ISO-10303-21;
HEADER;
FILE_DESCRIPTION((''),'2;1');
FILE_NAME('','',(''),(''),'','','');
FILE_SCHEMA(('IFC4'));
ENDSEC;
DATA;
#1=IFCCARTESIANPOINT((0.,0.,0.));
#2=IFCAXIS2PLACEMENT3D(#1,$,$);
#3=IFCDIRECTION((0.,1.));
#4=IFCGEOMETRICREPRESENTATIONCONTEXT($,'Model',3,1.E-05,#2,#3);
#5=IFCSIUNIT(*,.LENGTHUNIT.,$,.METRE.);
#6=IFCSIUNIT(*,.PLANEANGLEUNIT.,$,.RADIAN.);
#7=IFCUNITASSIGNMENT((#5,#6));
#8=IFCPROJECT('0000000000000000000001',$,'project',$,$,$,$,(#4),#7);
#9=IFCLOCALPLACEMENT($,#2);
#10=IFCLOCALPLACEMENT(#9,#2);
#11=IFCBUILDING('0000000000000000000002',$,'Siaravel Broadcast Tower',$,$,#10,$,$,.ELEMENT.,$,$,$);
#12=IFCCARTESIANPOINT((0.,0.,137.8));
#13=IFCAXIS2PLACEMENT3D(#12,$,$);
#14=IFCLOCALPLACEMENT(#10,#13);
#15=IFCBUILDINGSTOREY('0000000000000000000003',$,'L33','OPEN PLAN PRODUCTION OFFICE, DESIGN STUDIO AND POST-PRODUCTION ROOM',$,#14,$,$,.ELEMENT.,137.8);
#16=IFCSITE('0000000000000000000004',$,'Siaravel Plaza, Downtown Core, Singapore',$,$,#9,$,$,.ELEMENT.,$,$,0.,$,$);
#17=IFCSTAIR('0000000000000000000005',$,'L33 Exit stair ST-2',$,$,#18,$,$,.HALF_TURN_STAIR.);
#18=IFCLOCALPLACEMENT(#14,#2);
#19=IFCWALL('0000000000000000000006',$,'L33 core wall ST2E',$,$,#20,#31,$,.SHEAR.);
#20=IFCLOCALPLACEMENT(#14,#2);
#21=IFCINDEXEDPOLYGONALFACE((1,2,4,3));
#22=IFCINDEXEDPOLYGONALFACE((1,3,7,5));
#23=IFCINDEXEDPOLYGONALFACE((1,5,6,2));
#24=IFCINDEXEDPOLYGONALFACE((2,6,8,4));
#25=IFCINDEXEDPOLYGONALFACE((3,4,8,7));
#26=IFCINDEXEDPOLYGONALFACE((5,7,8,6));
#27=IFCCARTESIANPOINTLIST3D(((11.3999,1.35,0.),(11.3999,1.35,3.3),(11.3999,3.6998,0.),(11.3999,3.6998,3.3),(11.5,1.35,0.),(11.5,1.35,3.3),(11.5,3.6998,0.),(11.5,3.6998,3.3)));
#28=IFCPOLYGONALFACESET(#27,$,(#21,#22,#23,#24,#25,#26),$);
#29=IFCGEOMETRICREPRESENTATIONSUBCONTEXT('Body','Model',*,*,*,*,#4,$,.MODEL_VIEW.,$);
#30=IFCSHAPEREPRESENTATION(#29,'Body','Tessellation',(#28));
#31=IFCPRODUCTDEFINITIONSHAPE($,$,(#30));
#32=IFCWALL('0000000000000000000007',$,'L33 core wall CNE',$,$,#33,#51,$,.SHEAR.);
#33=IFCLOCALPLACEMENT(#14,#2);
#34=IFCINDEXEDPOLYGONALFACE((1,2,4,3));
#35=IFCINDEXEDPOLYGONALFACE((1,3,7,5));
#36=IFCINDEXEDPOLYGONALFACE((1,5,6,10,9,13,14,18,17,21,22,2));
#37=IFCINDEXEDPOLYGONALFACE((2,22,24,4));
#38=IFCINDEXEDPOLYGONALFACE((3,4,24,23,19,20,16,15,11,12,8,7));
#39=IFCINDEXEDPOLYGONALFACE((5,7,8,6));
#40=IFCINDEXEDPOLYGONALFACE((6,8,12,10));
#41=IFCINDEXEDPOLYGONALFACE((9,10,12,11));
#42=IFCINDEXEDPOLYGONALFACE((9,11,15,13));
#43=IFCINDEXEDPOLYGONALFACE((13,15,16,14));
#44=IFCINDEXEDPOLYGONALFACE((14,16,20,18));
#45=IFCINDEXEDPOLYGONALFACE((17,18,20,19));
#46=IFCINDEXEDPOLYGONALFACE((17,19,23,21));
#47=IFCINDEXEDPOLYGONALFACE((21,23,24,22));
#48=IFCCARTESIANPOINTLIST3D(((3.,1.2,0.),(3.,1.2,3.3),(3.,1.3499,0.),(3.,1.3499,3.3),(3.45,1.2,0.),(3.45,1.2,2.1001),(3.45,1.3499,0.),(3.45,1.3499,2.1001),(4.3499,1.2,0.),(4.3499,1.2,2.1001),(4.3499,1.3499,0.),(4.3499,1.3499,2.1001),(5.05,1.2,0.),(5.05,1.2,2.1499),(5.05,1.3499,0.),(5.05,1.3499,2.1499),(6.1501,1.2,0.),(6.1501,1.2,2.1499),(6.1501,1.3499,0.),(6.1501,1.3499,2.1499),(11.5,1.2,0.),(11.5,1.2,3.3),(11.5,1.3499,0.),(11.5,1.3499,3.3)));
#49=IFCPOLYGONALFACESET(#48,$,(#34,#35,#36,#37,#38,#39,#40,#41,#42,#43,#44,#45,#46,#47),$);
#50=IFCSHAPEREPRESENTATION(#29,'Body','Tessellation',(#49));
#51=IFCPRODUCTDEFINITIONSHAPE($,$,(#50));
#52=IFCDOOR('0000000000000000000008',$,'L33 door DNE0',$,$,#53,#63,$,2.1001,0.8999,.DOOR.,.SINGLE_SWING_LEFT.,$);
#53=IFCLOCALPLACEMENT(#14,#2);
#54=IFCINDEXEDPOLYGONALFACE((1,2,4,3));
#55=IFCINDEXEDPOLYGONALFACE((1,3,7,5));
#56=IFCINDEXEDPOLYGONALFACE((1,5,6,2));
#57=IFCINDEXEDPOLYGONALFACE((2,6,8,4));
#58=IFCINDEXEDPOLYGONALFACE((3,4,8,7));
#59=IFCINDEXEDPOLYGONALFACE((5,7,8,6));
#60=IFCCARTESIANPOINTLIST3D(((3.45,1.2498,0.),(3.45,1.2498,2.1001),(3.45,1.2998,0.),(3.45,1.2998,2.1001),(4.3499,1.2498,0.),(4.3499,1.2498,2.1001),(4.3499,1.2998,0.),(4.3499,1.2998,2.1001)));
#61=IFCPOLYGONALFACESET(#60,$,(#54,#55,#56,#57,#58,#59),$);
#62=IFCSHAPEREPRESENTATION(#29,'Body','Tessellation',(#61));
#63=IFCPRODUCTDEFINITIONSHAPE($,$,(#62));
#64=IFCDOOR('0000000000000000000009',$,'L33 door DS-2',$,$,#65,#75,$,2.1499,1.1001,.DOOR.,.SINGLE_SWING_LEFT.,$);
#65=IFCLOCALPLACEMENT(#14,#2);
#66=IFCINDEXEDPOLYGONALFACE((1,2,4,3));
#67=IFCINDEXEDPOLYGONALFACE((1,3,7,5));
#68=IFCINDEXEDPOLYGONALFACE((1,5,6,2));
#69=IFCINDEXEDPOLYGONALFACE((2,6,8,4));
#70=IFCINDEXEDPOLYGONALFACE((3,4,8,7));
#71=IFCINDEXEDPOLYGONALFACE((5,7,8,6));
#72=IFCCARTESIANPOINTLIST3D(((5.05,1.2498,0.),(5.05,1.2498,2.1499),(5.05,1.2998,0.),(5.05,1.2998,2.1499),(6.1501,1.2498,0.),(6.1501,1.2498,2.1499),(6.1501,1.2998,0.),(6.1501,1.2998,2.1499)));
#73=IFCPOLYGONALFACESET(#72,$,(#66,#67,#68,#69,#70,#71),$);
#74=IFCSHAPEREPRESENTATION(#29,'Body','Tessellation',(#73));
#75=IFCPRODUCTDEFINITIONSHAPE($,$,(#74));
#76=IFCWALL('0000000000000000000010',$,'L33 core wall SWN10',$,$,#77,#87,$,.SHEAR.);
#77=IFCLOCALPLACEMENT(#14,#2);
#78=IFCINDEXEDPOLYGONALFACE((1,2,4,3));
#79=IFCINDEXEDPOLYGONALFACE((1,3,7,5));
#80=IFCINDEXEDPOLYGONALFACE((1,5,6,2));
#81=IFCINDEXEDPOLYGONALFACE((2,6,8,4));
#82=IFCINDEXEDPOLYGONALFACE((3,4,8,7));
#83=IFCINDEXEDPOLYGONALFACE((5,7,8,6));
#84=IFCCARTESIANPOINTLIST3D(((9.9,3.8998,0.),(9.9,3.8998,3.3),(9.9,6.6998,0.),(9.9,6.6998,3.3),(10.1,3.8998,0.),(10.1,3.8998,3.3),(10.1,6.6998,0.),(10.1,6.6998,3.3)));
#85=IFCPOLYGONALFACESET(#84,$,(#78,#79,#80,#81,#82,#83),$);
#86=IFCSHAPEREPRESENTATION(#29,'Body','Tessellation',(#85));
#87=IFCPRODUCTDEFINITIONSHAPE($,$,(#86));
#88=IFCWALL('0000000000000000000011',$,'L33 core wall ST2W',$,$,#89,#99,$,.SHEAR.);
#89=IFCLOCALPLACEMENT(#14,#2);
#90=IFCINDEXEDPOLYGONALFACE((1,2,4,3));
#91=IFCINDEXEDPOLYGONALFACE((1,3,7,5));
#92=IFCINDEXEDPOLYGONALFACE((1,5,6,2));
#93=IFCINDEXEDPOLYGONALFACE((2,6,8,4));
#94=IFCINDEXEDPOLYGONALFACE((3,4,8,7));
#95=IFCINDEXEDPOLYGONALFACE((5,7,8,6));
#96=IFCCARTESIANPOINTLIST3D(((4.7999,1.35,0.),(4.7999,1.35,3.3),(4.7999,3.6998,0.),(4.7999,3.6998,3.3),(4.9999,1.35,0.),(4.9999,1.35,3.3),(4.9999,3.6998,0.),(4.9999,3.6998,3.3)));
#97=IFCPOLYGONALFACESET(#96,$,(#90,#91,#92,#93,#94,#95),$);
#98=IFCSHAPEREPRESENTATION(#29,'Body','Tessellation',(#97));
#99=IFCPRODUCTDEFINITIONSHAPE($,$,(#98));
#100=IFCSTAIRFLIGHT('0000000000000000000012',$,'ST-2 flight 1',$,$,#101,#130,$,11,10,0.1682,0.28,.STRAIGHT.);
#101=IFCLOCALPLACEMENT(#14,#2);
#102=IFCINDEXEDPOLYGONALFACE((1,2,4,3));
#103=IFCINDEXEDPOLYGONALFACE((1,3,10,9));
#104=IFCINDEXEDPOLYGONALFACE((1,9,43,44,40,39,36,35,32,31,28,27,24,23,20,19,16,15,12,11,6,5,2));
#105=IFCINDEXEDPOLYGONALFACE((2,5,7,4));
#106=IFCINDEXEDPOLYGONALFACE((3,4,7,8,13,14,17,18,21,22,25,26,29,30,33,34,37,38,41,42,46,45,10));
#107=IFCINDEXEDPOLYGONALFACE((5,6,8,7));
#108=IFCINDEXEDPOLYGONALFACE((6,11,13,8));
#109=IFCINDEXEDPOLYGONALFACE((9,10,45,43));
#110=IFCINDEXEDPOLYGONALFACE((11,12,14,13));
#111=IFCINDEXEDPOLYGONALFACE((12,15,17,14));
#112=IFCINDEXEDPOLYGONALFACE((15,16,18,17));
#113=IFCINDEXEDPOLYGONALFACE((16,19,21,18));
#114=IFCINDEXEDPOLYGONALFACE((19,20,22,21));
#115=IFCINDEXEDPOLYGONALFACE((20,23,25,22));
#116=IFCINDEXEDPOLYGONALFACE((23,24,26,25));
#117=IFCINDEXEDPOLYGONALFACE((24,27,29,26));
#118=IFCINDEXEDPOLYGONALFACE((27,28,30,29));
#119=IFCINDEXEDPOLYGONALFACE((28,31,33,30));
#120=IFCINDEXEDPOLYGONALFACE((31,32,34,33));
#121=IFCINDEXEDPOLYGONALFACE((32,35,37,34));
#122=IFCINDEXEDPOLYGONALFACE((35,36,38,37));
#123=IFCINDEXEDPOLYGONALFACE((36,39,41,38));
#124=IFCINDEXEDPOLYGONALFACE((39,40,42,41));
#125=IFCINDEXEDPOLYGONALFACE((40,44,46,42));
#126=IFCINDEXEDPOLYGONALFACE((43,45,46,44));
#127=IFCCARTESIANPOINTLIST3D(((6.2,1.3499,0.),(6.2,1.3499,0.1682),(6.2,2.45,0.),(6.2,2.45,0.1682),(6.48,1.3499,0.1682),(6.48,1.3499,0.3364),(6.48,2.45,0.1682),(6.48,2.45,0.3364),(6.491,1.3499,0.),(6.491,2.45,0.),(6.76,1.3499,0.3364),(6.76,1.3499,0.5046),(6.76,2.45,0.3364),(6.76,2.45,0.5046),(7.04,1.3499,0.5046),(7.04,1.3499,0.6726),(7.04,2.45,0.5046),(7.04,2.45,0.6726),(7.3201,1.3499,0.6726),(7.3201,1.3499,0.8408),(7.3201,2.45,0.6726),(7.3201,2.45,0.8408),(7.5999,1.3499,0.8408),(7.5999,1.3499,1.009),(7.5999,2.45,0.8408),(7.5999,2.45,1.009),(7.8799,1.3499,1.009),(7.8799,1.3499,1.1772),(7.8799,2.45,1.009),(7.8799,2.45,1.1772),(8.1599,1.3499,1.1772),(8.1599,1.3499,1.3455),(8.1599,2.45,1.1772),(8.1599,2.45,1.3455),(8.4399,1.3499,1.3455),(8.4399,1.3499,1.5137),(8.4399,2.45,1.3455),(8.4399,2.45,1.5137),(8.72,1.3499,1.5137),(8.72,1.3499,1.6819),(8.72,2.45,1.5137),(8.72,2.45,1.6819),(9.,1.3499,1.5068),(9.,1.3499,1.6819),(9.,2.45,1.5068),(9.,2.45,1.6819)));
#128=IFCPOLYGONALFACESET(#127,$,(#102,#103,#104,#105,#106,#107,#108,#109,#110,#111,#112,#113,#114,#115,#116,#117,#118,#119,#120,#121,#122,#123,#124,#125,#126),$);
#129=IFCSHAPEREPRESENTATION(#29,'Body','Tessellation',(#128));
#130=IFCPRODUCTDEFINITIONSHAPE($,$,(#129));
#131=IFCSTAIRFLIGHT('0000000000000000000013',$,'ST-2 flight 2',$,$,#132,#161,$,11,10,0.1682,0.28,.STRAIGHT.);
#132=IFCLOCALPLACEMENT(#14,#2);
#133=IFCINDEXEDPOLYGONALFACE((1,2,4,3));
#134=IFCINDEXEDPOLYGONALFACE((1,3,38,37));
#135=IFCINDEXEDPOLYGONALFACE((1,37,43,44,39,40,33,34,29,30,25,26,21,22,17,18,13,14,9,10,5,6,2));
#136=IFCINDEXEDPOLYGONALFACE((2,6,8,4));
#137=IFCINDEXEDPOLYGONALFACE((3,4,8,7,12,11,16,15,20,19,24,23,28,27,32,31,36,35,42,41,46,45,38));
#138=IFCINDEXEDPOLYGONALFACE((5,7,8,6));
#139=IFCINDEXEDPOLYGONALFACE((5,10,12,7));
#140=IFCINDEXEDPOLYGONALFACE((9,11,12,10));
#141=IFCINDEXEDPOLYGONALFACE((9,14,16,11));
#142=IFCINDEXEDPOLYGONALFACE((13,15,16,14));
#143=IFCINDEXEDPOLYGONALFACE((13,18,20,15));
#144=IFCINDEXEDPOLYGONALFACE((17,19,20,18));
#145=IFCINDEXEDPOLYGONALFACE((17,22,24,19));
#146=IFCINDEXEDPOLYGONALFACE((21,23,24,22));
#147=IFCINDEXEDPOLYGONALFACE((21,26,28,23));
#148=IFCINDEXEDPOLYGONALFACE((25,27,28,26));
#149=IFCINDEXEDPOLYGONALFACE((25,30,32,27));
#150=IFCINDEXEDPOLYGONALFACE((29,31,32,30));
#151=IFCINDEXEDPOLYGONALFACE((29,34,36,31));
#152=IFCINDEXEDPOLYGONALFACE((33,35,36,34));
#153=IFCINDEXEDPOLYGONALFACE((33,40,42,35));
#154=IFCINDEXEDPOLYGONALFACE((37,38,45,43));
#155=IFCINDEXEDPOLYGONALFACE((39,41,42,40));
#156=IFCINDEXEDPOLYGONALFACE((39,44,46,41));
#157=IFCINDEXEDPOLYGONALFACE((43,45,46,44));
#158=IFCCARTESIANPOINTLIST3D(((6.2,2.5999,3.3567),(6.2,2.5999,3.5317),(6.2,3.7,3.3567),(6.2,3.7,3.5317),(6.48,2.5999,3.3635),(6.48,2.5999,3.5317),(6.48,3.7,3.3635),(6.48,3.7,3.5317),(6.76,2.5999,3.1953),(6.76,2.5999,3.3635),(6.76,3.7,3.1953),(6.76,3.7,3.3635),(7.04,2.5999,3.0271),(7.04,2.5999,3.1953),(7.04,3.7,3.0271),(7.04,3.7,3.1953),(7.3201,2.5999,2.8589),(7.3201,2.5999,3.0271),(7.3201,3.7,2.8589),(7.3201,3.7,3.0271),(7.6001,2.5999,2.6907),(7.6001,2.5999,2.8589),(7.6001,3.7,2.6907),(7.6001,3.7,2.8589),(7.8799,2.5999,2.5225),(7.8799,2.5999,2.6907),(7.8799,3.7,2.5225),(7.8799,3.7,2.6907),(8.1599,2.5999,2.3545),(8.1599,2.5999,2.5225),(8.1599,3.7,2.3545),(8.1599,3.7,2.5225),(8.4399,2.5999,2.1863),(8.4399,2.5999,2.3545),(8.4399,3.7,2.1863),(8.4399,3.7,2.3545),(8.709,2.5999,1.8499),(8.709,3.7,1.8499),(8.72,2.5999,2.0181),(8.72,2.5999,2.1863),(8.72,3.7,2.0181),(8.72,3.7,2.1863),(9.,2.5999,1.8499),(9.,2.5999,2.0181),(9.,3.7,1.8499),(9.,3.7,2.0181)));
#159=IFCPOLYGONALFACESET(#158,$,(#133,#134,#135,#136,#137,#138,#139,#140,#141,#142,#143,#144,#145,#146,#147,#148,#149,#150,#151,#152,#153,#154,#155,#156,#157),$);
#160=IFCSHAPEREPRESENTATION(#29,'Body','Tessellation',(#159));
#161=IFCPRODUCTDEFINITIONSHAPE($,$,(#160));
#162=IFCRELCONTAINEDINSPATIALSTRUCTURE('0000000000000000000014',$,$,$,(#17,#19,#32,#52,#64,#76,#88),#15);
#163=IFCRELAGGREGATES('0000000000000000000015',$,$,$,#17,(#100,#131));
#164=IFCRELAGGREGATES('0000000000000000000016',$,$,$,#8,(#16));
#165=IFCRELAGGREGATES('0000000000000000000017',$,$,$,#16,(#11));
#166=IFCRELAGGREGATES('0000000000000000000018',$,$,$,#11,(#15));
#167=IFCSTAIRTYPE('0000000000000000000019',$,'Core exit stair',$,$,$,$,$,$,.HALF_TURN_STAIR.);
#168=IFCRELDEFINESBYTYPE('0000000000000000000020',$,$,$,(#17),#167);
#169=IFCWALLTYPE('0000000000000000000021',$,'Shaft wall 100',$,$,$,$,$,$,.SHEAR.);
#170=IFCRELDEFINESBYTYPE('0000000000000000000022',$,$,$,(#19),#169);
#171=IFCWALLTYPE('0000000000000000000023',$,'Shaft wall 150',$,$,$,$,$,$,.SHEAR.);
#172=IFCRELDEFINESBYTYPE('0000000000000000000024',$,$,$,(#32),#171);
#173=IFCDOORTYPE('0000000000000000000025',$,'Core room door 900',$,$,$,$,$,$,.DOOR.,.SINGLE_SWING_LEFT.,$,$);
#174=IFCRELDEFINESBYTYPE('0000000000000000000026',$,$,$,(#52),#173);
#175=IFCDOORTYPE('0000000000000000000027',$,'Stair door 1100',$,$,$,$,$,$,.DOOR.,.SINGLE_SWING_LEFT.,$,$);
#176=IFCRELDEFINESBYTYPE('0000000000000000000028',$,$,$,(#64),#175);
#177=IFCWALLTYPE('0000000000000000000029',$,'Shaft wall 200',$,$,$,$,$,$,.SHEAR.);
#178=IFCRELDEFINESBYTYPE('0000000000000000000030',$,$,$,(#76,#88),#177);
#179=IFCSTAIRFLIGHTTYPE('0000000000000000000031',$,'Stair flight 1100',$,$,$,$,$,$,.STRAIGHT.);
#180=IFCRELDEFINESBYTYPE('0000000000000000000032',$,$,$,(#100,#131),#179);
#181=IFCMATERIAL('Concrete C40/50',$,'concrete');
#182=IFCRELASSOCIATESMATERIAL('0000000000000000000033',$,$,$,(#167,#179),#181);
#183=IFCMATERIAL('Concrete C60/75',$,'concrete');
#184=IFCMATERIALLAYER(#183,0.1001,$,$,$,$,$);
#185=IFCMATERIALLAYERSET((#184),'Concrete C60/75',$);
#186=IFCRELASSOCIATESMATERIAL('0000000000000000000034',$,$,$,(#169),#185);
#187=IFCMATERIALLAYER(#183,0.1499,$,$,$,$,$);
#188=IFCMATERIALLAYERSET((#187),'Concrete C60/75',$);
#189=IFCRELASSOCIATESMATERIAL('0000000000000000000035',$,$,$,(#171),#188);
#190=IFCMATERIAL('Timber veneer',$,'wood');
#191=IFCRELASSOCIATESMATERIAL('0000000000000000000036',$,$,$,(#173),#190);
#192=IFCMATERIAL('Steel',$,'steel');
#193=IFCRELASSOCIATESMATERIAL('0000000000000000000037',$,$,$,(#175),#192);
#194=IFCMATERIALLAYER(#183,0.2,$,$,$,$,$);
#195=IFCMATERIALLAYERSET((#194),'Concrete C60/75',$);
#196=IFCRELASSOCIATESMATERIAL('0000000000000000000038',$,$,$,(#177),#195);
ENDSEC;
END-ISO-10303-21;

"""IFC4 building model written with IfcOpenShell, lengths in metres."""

from ifc_helpers import new_model, si_unit, direction, frame, frame_2d, origin, place, context, subcontext, project, spatial, polyline, rectangle, outline, extrude, material, layer, layer_set, type_object, element, fill, aggregate, save


model = new_model("IFC4")

# Units and contexts
model_context = context("Model", 3, precision=1e-05, world=origin(), true_north=direction((0.0, 1.0)))
body_context = subcontext(model_context, "Body", "Model", "MODEL_VIEW")
ifc_project = project(units=[si_unit("LENGTHUNIT", "METRE"), si_unit("PLANEANGLEUNIT", "RADIAN")], contexts=[model_context])

# Site, building, storey
site_placement = place(None, origin())
site = spatial("IfcSite", under=ifc_project, at=site_placement, Name="Siaravel Plaza, Downtown Core, Singapore", CompositionType="ELEMENT", RefElevation=0.0)
building_placement = place(site_placement, origin())
building = spatial("IfcBuilding", under=site, at=building_placement, Name="Siaravel Broadcast Tower", CompositionType="ELEMENT")
storey_placement = place(building_placement, frame((0.0, 0.0, 137.8)))
storey = spatial("IfcBuildingStorey", under=building, at=storey_placement, Name="L33", Description="OPEN PLAN PRODUCTION OFFICE, DESIGN STUDIO AND POST-PRODUCTION ROOM", CompositionType="ELEMENT", Elevation=137.8)

# Shared definitions
ifc_material_1 = material(Name="Concrete C60/75", Category="concrete")

# Shared definitions
ifc_material_2 = material(Name="Concrete C40/50", Category="concrete")

# Stair
stair_type = type_object("IfcStairType", Name="Core exit stair", PredefinedType="HALF_TURN_STAIR", material=ifc_material_2)
stair_1_placement = place(storey_placement, origin())
stair_1 = element("IfcStair", 1, at=stair_1_placement, inside=storey, type_object=stair_type, Name="L33 Exit stair ST-2", PredefinedType="HALF_TURN_STAIR")

# Wall
ifc_layer_1 = layer(ifc_material_1, 0.1001)
ifc_layer_set_1 = layer_set([ifc_layer_1], Name="Concrete C60/75")
wall_type_1 = type_object("IfcWallType", Name="Shaft wall 100", PredefinedType="SHEAR", material=ifc_layer_set_1)
wall_1_placement = place(storey_placement, frame((11.45, 1.3501, 0.0), z_axis=(0.0, 0.0, 1.0), x_axis=(0.0, 1.0, 0.0)))
element("IfcWall", 2, at=wall_1_placement, inside=storey, type_object=wall_type_1, Name="L33 core wall ST2E", PredefinedType="SHEAR", context=body_context, shape_type="SweptSolid", body=[
    extrude(rectangle(XDim=2.3499, YDim=0.1001, at=frame_2d((1.1748, 0.0))), origin(), (0.0, 0.0, 1.0), 3.3),
])

# Wall, openings, doors
ifc_layer_2 = layer(ifc_material_1, 0.1499)
ifc_layer_set_2 = layer_set([ifc_layer_2], Name="Concrete C60/75")
wall_type_2 = type_object("IfcWallType", Name="Shaft wall 150", PredefinedType="SHEAR", material=ifc_layer_set_2)
wall_2_placement = place(storey_placement, frame((3.0, 1.2749, 0.0), z_axis=(0.0, 0.0, 1.0), x_axis=(1.0, 0.0, 0.0)))
wall_2 = element("IfcWall", 3, at=wall_2_placement, inside=storey, type_object=wall_type_2, Name="L33 core wall CNE", PredefinedType="SHEAR", context=body_context, shape_type="SweptSolid", body=[
    extrude(rectangle(XDim=8.5, YDim=0.1499, at=frame_2d((4.25, 0.0))), origin(), (0.0, 0.0, 1.0), 3.3),
])
opening_1_placement = place(wall_2_placement, frame((2.05, 0.0, 0.0)))
opening_1 = element("IfcOpeningElement", 4, at=opening_1_placement, cuts=wall_2, PredefinedType="OPENING", context=body_context, shape_type="SweptSolid", body=[
    extrude(rectangle(XDim=1.1001, YDim=2.1499, at=frame_2d((0.55, 1.075))), frame((0.0, 0.085, 0.0), z_axis=(0.0, -1.0, 0.0), x_axis=(1.0, 0.0, 0.0)), (0.0, 0.0, 1.0), 0.1699),
])
opening_2_placement = place(wall_2_placement, frame((0.45, 0.0, 0.0)))
opening_2 = element("IfcOpeningElement", 5, at=opening_2_placement, cuts=wall_2, PredefinedType="OPENING", context=body_context, shape_type="SweptSolid", body=[
    extrude(rectangle(XDim=0.8999, YDim=2.1001, at=frame_2d((0.45, 1.05))), frame((0.0, 0.085, 0.0), z_axis=(0.0, -1.0, 0.0), x_axis=(1.0, 0.0, 0.0)), (0.0, 0.0, 1.0), 0.1699),
])
ifc_material_3 = material(Name="Timber veneer", Category="wood")
door_type_1 = type_object("IfcDoorType", Name="Core room door 900", OperationType="SINGLE_SWING_LEFT", PredefinedType="DOOR", material=ifc_material_3)
door_1_placement = place(opening_2_placement, origin())
door_1 = element("IfcDoor", 6, at=door_1_placement, inside=storey, type_object=door_type_1, Name="L33 door DNE0", OperationType="SINGLE_SWING_LEFT", OverallHeight=2.1001, OverallWidth=0.8999, PredefinedType="DOOR", context=body_context, shape_type="SweptSolid", body=[
    extrude(rectangle(XDim=0.8999, YDim=2.1001, at=frame_2d((0.45, 1.05))), frame((0.0, 0.0249, 0.0), z_axis=(0.0, -1.0, 0.0), x_axis=(1.0, 0.0, 0.0)), (0.0, 0.0, 1.0), 0.05),
])
fill(opening_2, door_1)
ifc_material_4 = material(Name="Steel", Category="steel")
door_type_2 = type_object("IfcDoorType", Name="Stair door 1100", OperationType="SINGLE_SWING_LEFT", PredefinedType="DOOR", material=ifc_material_4)
door_2_placement = place(opening_1_placement, origin())
door_2 = element("IfcDoor", 7, at=door_2_placement, inside=storey, type_object=door_type_2, Name="L33 door DS-2", OperationType="SINGLE_SWING_LEFT", OverallHeight=2.1499, OverallWidth=1.1001, PredefinedType="DOOR", context=body_context, shape_type="SweptSolid", body=[
    extrude(rectangle(XDim=1.1001, YDim=2.1499, at=frame_2d((0.55, 1.075))), frame((0.0, 0.0249, 0.0), z_axis=(0.0, -1.0, 0.0), x_axis=(1.0, 0.0, 0.0)), (0.0, 0.0, 1.0), 0.05),
])
fill(opening_1, door_2)

# Walls
ifc_layer_3 = layer(ifc_material_1, 0.2)
ifc_layer_set_3 = layer_set([ifc_layer_3], Name="Concrete C60/75")
wall_type_3 = type_object("IfcWallType", Name="Shaft wall 200", PredefinedType="SHEAR", material=ifc_layer_set_3)
wall_3_placement = place(storey_placement, frame((10.0, 3.8999, 0.0), z_axis=(0.0, 0.0, 1.0), x_axis=(0.0, 1.0, 0.0)))
element("IfcWall", 8, at=wall_3_placement, inside=storey, type_object=wall_type_3, Name="L33 core wall SWN10", PredefinedType="SHEAR", context=body_context, shape_type="SweptSolid", body=[
    extrude(rectangle(XDim=2.8, YDim=0.2, at=frame_2d((1.3999, 0.0))), origin(), (0.0, 0.0, 1.0), 3.3),
])
wall_4_placement = place(storey_placement, frame((4.8999, 1.3501, 0.0), z_axis=(0.0, 0.0, 1.0), x_axis=(0.0, 1.0, 0.0)))
element("IfcWall", 9, at=wall_4_placement, inside=storey, type_object=wall_type_3, Name="L33 core wall ST2W", PredefinedType="SHEAR", context=body_context, shape_type="SweptSolid", body=[
    extrude(rectangle(XDim=2.3499, YDim=0.2, at=frame_2d((1.1748, 0.0))), origin(), (0.0, 0.0, 1.0), 3.3),
])

# Stair flights
stair_flight_type = type_object("IfcStairFlightType", Name="Stair flight 1100", PredefinedType="STRAIGHT", material=ifc_material_2)
stair_flight_1_placement = place(storey_placement, frame((6.2, 1.8999, 0.0), z_axis=(0.0, 0.0, 1.0), x_axis=(1.0, 0.0, 0.0)))
stair_flight_1 = element("IfcStairFlight", 10, at=stair_flight_1_placement, type_object=stair_flight_type, Name="ST-2 flight 1", NumberOfRisers=11, NumberOfTreads=10, PredefinedType="STRAIGHT", RiserHeight=0.1682, TreadLength=0.28, context=body_context, shape_type="SweptSolid", body=[
    extrude(outline(polyline([(0.0, 0.0), (0.0, 0.1682), (0.28, 0.1682), (0.28, 0.3364), (0.5601, 0.3364), (0.5601, 0.5046), (0.8401, 0.5046), (0.8401, 0.6726), (1.1201, 0.6726), (1.1201, 0.8408), (1.3999, 0.8408), (1.3999, 1.009), (1.6799, 1.009), (1.6799, 1.1772), (1.96, 1.1772), (1.96, 1.3455), (2.24, 1.3455), (2.24, 1.5137), (2.52, 1.5137), (2.52, 1.6819), (2.8, 1.6819), (2.8, 1.8501), (2.8, 1.5068), (0.291, 0.0), (0.0, 0.0)])), frame((0.0, 0.55, 0.0), z_axis=(0.0, -1.0, 0.0), x_axis=(1.0, 0.0, 0.0)), (0.0, 0.0, 1.0), 1.1001),
])
stair_flight_2_placement = place(storey_placement, frame((9.0, 3.1499, 1.8499), z_axis=(0.0, 0.0, 1.0), x_axis=(-1.0, 0.0, 0.0)))
stair_flight_2 = element("IfcStairFlight", 11, at=stair_flight_2_placement, type_object=stair_flight_type, Name="ST-2 flight 2", NumberOfRisers=11, NumberOfTreads=10, PredefinedType="STRAIGHT", RiserHeight=0.1682, TreadLength=0.28, context=body_context, shape_type="SweptSolid", body=[
    extrude(outline(polyline([(0.0, 0.0), (0.0, 0.1682), (0.28, 0.1682), (0.28, 0.3364), (0.5601, 0.3364), (0.5601, 0.5046), (0.8401, 0.5046), (0.8401, 0.6726), (1.1201, 0.6726), (1.1201, 0.8408), (1.3999, 0.8408), (1.3999, 1.009), (1.6799, 1.009), (1.6799, 1.1772), (1.96, 1.1772), (1.96, 1.3455), (2.24, 1.3455), (2.24, 1.5137), (2.52, 1.5137), (2.52, 1.6819), (2.8, 1.6819), (2.8, 1.8501), (2.8, 1.5068), (0.291, 0.0), (0.0, 0.0)])), frame((0.0, 0.55, 0.0), z_axis=(0.0, -1.0, 0.0), x_axis=(1.0, 0.0, 0.0)), (0.0, 0.0, 1.0), 1.1001),
])
aggregate(stair_1, [stair_flight_1, stair_flight_2])

save(model, "model.ifc")
